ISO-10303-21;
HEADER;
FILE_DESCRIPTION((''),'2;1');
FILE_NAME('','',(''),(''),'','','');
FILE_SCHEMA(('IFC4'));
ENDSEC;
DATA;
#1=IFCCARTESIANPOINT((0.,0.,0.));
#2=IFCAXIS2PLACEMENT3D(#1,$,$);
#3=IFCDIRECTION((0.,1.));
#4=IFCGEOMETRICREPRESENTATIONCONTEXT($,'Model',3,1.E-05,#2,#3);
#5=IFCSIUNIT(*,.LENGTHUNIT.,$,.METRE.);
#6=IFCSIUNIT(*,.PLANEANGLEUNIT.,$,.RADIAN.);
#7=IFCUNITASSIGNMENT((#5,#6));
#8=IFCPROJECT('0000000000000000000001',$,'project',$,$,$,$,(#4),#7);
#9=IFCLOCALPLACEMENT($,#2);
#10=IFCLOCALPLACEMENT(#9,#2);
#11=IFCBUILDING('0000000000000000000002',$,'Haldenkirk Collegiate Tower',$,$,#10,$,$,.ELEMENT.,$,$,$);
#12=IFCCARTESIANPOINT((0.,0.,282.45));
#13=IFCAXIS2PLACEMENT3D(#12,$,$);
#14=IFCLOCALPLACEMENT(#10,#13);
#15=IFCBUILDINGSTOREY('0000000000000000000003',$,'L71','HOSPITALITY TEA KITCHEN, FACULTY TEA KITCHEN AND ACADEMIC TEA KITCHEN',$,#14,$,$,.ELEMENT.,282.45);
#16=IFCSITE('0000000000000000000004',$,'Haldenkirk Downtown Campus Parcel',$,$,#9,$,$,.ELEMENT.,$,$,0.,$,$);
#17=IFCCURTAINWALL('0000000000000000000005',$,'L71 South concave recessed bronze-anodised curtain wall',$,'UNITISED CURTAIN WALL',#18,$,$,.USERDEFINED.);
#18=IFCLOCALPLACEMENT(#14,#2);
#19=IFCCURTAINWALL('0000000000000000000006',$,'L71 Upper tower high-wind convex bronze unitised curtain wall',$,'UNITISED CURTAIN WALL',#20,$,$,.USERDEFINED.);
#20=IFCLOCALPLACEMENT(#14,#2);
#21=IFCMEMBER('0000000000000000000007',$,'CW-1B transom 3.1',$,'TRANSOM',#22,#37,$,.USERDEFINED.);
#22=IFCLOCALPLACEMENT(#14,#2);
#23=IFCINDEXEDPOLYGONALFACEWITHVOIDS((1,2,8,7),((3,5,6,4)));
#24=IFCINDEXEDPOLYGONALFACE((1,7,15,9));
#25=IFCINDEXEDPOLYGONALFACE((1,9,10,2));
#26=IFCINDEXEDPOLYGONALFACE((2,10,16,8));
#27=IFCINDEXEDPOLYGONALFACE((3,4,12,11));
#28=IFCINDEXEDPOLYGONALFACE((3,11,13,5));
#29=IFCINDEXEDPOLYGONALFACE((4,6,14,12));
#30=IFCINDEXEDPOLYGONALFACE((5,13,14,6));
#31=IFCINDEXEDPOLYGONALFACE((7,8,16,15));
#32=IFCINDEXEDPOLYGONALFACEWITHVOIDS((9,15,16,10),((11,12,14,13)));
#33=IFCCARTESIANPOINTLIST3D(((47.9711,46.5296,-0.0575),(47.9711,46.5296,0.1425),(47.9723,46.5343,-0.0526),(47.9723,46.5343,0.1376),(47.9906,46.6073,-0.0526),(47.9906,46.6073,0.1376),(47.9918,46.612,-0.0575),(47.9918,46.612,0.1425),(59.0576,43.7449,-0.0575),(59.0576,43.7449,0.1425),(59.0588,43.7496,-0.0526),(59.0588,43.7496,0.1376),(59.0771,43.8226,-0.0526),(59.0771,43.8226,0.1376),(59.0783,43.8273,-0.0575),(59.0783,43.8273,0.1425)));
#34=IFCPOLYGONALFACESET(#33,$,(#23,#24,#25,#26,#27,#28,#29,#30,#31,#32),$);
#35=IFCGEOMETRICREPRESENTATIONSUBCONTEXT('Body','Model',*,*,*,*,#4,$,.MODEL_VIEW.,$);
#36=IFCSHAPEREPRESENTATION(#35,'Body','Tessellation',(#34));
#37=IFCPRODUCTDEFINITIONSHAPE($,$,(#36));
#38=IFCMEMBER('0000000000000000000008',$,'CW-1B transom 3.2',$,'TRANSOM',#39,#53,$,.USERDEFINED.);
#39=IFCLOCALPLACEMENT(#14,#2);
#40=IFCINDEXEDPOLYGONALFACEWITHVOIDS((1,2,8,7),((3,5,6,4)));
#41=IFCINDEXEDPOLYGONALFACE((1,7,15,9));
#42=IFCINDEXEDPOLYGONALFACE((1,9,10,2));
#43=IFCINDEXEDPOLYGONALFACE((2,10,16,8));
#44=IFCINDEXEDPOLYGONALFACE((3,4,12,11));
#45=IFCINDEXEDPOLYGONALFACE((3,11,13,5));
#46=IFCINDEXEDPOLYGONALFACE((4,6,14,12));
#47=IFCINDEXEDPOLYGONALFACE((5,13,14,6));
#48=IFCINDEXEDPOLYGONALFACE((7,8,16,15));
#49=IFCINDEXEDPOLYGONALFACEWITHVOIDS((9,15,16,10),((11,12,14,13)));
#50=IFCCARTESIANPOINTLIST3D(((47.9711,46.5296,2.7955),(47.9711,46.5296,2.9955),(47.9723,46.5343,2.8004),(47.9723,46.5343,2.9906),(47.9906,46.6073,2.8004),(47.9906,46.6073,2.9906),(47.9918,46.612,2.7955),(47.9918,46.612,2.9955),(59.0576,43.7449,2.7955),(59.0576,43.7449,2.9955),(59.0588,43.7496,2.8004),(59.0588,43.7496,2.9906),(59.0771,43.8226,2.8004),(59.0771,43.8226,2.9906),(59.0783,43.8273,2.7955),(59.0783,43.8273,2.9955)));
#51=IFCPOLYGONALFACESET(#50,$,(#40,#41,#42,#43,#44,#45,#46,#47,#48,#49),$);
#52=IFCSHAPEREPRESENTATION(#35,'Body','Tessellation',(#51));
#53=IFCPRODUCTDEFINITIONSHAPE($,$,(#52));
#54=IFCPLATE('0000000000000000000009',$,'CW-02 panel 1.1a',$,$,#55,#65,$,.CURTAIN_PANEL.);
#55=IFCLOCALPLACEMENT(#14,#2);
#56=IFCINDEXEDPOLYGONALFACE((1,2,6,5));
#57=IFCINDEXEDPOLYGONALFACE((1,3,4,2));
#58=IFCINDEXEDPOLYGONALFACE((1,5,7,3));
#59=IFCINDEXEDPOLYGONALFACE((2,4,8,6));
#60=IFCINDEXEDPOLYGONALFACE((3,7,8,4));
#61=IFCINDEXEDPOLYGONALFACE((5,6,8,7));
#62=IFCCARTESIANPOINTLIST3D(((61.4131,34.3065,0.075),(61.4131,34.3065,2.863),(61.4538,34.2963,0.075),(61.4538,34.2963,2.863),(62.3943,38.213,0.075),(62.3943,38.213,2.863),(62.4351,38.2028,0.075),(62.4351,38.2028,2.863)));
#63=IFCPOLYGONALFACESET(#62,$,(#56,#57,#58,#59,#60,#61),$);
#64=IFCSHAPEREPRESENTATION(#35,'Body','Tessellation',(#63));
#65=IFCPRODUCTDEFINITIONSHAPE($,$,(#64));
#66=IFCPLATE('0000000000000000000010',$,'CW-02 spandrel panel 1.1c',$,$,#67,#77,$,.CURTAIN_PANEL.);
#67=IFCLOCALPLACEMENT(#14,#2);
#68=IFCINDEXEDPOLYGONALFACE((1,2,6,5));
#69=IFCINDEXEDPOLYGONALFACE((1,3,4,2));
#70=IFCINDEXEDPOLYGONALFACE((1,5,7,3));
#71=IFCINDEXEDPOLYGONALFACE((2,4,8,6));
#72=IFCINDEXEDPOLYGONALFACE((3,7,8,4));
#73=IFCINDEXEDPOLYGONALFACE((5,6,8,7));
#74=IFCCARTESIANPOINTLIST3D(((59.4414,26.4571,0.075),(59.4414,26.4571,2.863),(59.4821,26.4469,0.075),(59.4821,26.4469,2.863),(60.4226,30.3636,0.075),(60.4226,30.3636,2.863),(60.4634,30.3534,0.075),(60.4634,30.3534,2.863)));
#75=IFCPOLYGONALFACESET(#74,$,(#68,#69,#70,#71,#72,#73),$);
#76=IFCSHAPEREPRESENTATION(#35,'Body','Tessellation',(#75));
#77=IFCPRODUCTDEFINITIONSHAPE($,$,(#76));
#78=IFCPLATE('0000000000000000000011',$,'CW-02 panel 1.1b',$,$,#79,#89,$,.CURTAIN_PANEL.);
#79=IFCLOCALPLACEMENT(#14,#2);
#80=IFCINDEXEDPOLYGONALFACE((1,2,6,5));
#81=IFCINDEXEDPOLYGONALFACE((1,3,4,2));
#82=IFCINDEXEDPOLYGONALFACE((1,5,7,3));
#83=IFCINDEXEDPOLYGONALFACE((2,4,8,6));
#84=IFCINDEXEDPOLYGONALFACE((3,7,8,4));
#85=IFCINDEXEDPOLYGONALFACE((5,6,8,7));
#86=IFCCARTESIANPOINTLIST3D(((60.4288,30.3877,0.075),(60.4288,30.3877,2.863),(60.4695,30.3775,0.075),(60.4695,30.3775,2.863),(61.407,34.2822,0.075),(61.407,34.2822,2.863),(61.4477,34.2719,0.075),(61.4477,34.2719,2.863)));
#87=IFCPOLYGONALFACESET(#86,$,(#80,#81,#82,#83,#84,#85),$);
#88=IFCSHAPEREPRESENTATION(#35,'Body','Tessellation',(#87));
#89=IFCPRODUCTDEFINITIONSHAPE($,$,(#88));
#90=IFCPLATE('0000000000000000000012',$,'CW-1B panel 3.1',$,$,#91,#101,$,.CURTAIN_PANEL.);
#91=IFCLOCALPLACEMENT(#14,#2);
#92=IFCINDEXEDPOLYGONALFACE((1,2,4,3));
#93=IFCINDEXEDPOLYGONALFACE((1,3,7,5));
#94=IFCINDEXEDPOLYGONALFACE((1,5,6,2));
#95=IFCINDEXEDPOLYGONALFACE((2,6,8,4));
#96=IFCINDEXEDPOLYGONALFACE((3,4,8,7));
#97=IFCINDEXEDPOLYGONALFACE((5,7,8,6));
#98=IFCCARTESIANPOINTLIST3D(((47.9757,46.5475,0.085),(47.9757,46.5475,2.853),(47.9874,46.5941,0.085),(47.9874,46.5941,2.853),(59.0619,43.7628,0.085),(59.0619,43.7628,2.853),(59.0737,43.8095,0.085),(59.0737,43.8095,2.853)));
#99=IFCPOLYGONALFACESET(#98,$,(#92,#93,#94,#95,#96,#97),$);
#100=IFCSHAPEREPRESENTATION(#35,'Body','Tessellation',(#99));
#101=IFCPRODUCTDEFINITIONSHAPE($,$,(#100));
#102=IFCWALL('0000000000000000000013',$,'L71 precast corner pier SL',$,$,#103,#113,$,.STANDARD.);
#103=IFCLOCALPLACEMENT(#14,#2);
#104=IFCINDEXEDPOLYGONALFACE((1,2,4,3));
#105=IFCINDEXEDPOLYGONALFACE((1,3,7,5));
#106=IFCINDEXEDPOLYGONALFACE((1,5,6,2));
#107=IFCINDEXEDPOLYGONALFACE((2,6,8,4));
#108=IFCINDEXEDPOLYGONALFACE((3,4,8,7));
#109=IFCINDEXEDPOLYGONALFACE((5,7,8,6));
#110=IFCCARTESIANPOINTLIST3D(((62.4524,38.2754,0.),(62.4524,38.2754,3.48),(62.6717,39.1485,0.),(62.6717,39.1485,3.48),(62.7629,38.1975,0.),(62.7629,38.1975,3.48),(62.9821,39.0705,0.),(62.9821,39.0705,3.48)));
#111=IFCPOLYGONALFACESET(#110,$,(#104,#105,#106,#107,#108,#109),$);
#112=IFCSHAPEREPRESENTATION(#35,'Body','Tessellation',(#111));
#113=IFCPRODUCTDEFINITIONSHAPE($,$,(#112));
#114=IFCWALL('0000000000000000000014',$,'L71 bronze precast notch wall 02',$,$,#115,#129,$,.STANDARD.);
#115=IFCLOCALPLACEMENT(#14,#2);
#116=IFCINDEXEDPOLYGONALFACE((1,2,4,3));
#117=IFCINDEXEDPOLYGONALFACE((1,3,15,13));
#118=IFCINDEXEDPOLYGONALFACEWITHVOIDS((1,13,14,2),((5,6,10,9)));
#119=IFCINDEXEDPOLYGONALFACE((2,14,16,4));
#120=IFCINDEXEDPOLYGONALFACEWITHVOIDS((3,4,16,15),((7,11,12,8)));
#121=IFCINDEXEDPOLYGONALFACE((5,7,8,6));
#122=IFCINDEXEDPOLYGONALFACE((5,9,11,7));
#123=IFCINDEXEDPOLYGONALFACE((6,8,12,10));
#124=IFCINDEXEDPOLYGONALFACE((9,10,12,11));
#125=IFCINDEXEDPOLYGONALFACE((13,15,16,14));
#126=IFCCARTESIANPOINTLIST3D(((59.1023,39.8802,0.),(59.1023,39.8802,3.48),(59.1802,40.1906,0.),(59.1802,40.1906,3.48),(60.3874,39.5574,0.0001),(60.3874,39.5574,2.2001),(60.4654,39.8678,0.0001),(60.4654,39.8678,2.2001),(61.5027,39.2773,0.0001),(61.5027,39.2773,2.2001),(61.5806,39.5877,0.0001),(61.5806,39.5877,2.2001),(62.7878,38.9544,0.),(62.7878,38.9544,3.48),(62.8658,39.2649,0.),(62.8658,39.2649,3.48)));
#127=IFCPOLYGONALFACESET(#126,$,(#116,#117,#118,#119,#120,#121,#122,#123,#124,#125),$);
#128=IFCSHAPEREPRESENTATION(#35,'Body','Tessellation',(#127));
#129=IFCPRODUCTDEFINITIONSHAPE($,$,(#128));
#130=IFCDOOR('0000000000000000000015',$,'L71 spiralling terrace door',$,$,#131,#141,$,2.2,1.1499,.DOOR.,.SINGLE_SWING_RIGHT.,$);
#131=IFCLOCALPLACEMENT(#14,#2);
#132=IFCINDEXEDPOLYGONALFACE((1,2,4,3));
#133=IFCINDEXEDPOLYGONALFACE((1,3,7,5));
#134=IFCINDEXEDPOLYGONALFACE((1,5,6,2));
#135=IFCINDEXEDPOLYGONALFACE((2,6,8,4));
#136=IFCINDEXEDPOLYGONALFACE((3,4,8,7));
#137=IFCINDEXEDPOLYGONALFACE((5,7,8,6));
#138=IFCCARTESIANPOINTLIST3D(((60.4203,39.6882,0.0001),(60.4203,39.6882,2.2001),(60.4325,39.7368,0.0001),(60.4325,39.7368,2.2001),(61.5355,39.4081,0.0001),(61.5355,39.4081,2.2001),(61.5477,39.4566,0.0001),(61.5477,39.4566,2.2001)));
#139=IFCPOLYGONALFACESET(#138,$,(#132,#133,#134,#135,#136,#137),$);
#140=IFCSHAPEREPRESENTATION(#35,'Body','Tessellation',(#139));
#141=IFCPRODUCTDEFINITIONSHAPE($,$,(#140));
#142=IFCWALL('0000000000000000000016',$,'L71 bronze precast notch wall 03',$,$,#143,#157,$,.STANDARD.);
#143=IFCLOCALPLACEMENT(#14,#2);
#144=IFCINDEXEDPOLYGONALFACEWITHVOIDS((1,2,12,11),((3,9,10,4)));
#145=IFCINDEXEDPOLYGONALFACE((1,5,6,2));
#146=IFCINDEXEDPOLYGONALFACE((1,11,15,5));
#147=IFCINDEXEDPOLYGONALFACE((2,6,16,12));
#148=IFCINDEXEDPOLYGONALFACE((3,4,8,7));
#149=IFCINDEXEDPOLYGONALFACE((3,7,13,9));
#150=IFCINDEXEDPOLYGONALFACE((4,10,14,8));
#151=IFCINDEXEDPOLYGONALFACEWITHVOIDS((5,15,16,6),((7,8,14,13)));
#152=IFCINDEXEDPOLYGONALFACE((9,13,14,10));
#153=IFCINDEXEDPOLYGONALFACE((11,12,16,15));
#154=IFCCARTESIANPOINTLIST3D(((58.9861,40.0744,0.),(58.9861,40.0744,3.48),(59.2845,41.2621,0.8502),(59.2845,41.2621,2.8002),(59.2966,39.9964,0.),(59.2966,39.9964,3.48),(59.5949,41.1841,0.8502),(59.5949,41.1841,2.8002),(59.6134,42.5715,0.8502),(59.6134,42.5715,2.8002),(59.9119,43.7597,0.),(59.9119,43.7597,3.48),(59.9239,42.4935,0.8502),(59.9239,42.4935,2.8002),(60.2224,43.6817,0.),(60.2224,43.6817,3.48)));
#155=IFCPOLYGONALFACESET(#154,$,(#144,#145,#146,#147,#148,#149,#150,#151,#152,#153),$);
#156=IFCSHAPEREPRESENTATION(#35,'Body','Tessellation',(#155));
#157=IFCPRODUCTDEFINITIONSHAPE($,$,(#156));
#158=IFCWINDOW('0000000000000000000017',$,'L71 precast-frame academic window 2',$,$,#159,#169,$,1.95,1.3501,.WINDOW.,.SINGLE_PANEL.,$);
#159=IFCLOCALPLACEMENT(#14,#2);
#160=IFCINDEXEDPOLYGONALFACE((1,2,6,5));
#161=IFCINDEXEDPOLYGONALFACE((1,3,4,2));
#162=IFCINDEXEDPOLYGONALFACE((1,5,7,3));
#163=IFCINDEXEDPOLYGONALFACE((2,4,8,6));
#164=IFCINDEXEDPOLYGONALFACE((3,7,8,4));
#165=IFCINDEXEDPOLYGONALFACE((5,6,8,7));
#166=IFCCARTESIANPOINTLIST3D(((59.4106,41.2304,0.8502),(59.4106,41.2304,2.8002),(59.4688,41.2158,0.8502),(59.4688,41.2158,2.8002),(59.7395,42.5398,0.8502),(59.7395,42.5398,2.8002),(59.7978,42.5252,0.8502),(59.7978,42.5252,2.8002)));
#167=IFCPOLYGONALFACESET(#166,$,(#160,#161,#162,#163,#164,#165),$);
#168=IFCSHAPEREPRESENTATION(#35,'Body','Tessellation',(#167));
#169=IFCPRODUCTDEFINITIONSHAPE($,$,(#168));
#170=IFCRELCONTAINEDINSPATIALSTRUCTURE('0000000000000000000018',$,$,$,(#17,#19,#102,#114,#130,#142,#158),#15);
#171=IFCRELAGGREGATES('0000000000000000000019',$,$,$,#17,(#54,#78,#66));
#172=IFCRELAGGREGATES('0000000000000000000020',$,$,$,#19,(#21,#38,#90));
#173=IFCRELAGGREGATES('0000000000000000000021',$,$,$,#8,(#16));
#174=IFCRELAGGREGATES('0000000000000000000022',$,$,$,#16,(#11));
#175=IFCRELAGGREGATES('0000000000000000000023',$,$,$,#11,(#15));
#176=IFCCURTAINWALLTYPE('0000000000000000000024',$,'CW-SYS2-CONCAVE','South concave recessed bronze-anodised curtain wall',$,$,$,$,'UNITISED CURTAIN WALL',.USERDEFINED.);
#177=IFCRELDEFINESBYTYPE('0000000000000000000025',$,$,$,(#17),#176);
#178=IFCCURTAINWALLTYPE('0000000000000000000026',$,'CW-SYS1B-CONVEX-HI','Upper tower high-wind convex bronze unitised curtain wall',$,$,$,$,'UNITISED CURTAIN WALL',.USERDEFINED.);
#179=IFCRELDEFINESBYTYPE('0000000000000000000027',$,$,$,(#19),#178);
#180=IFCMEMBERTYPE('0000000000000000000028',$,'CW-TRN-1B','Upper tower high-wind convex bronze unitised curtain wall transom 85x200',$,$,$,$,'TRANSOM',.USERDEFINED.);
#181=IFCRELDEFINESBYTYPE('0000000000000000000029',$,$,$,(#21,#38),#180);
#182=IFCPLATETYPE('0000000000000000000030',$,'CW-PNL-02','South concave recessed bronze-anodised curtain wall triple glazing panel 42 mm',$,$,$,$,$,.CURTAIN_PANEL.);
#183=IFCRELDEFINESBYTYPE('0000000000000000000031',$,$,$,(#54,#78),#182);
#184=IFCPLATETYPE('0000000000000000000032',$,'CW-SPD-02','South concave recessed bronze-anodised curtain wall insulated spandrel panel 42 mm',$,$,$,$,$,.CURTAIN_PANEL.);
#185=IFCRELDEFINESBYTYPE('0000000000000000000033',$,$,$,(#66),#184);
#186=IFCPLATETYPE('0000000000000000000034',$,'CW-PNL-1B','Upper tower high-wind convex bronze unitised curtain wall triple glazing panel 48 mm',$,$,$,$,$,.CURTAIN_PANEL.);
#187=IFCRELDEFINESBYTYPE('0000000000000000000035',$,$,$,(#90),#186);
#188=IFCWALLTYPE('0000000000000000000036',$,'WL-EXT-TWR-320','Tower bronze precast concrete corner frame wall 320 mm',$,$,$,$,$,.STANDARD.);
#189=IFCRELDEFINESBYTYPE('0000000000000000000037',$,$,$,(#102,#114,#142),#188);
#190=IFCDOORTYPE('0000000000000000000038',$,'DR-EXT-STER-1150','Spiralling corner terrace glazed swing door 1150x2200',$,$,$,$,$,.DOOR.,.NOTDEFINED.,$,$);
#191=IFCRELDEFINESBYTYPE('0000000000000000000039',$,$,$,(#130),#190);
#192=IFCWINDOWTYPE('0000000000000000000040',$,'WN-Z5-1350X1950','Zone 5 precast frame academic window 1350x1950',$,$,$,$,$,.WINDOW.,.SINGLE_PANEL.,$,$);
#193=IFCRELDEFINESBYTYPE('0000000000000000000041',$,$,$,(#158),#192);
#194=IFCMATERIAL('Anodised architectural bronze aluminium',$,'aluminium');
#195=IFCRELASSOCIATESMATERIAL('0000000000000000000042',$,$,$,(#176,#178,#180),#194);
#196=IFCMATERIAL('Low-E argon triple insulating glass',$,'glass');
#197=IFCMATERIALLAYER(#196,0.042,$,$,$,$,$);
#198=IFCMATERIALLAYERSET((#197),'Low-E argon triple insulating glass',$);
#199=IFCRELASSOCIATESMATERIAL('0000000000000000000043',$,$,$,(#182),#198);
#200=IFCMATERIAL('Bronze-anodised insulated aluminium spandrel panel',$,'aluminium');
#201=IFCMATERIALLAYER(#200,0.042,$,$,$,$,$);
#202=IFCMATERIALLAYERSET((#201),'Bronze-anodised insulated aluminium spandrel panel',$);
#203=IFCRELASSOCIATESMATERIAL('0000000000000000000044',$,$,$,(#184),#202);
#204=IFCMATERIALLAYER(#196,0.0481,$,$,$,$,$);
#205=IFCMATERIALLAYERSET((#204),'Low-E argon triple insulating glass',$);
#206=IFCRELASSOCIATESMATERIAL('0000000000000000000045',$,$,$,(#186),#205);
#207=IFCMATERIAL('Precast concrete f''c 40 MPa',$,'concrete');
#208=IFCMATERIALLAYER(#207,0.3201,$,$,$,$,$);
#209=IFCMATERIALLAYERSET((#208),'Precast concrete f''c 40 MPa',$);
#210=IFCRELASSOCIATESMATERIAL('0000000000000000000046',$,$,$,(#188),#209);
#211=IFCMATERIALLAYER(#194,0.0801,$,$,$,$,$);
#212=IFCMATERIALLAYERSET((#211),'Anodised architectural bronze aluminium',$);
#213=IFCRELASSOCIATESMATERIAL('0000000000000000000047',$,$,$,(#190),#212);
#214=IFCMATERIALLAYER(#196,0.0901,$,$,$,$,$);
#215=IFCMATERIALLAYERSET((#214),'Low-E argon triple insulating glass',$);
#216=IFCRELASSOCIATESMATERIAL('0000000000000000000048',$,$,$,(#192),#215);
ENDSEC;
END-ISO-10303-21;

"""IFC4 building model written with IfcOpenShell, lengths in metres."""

from ifc_helpers import new_model, si_unit, direction, frame, frame_2d, origin, origin_2d, place, context, subcontext, project, spatial, rectangle, hollow_rectangle, extrude, source, transform, mapped, material, layer, layer_set, material_profile, profile_set, type_object, element, fill, aggregate, save


model = new_model("IFC4")

# Units and contexts
model_context = context("Model", 3, precision=1e-05, world=origin(), true_north=direction((0.0, 1.0)))
body_context = subcontext(model_context, "Body", "Model", "MODEL_VIEW")
ifc_project = project(units=[si_unit("LENGTHUNIT", "METRE"), si_unit("PLANEANGLEUNIT", "RADIAN")], contexts=[model_context])

# Site, building, storey
site_placement = place(None, origin())
site = spatial("IfcSite", under=ifc_project, at=site_placement, Name="Haldenkirk Downtown Campus Parcel", CompositionType="ELEMENT", RefElevation=0.0)
building_placement = place(site_placement, origin())
building = spatial("IfcBuilding", under=site, at=building_placement, Name="Haldenkirk Collegiate Tower", CompositionType="ELEMENT")
storey_placement = place(building_placement, frame((0.0, 0.0, 282.45)))
storey = spatial("IfcBuildingStorey", under=building, at=storey_placement, Name="L71", Description="HOSPITALITY TEA KITCHEN, FACULTY TEA KITCHEN AND ACADEMIC TEA KITCHEN", CompositionType="ELEMENT", Elevation=282.45)

# Curtain walls
ifc_material_1 = material(Name="Anodised architectural bronze aluminium", Category="aluminium")
curtain_wall_type_1 = type_object("IfcCurtainWallType", Name="CW-SYS2-CONCAVE", Description="South concave recessed bronze-anodised curtain wall", ElementType="UNITISED CURTAIN WALL", PredefinedType="USERDEFINED", material=ifc_material_1)
curtain_wall_1_placement = place(storey_placement, origin())
curtain_wall_1 = element("IfcCurtainWall", 1, at=curtain_wall_1_placement, inside=storey, type_object=curtain_wall_type_1, Name="L71 South concave recessed bronze-anodised curtain wall", ObjectType="UNITISED CURTAIN WALL", PredefinedType="USERDEFINED")
curtain_wall_type_2 = type_object("IfcCurtainWallType", Name="CW-SYS1B-CONVEX-HI", Description="Upper tower high-wind convex bronze unitised curtain wall", ElementType="UNITISED CURTAIN WALL", PredefinedType="USERDEFINED", material=ifc_material_1)
curtain_wall_2_placement = place(storey_placement, origin())
curtain_wall_2 = element("IfcCurtainWall", 2, at=curtain_wall_2_placement, inside=storey, type_object=curtain_wall_type_2, Name="L71 Upper tower high-wind convex bronze unitised curtain wall", ObjectType="UNITISED CURTAIN WALL", PredefinedType="USERDEFINED")

# Members
ifc_material_profile_1 = material_profile(ifc_material_1, hollow_rectangle(XDim=0.085, YDim=0.2, WallThickness=0.0049, at=origin_2d()), Name="CW-TRN-1B")
ifc_profile_set_1 = profile_set([ifc_material_profile_1], Name="Anodised architectural bronze aluminium")
member_type_1 = type_object("IfcMemberType", Name="CW-TRN-1B", Description="Upper tower high-wind convex bronze unitised curtain wall transom 85x200", ElementType="TRANSOM", PredefinedType="USERDEFINED", material=ifc_profile_set_1)
member_1_placement = place(storey_placement, frame((47.9814, 46.5708, 0.0425), z_axis=(0.969873, -0.243611, 0.0), x_axis=(0.243611, 0.969873, 0.0)))
member_1 = element("IfcMember", 3, at=member_1_placement, type_object=member_type_1, Name="CW-1B transom 3.1", ObjectType="TRANSOM", PredefinedType="USERDEFINED", context=body_context, shape_type="SweptSolid", body=[
    extrude(hollow_rectangle(XDim=0.085, YDim=0.2, WallThickness=0.0049, at=origin_2d()), origin(), (0.0, 0.0, 1.0), 11.4309),
])
member_2_placement = place(storey_placement, frame((47.9814, 46.5708, 2.8955), z_axis=(0.969873, -0.243611, 0.0), x_axis=(0.243611, 0.969873, 0.0)))
member_2 = element("IfcMember", 4, at=member_2_placement, type_object=member_type_1, Name="CW-1B transom 3.2", ObjectType="TRANSOM", PredefinedType="USERDEFINED", context=body_context, shape_type="SweptSolid", body=[
    extrude(hollow_rectangle(XDim=0.085, YDim=0.2, WallThickness=0.0049, at=origin_2d()), origin(), (0.0, 0.0, 1.0), 11.4309),
])

# Plates
ifc_material_2 = material(Name="Low-E argon triple insulating glass", Category="glass")
ifc_layer_1 = layer(ifc_material_2, 0.042)
ifc_layer_set_1 = layer_set([ifc_layer_1], Name="Low-E argon triple insulating glass")
plate_type_1 = type_object("IfcPlateType", Name="CW-PNL-02", Description="South concave recessed bronze-anodised curtain wall triple glazing panel 42 mm", PredefinedType="CURTAIN_PANEL", material=ifc_layer_set_1)
shared_shape_1 = source(origin(), body_context, "Body", "SweptSolid", [
    extrude(rectangle(XDim=4.0278, YDim=0.042, at=origin_2d()), origin(), (0.0, 0.0, 1.0), 2.7881),
])
plate_1_placement = place(storey_placement, frame((61.9241, 36.2546, 0.075), z_axis=(0.0, 0.0, 1.0), x_axis=(-0.243614, -0.969872, 0.0)))
plate_1 = element("IfcPlate", 5, at=plate_1_placement, type_object=plate_type_1, Name="CW-02 panel 1.1a", PredefinedType="CURTAIN_PANEL", context=body_context, shape_type="MappedRepresentation", body=[
    mapped(shared_shape_1, transform((0.0, 0.0, 0.0), x_axis=(1.0, 0.0, 0.0), y_axis=(0.0, 1.0, 0.0), z_axis=(0.0, 0.0, 1.0), scale=1.0)),
])
ifc_material_3 = material(Name="Bronze-anodised insulated aluminium spandrel panel", Category="aluminium")
ifc_layer_2 = layer(ifc_material_3, 0.042)
ifc_layer_set_2 = layer_set([ifc_layer_2], Name="Bronze-anodised insulated aluminium spandrel panel")
plate_type_2 = type_object("IfcPlateType", Name="CW-SPD-02", Description="South concave recessed bronze-anodised curtain wall insulated spandrel panel 42 mm", PredefinedType="CURTAIN_PANEL", material=ifc_layer_set_2)
plate_2_placement = place(storey_placement, frame((59.9524, 28.4053, 0.075), z_axis=(0.0, 0.0, 1.0), x_axis=(-0.243614, -0.969872, 0.0)))
plate_2 = element("IfcPlate", 6, at=plate_2_placement, type_object=plate_type_2, Name="CW-02 spandrel panel 1.1c", PredefinedType="CURTAIN_PANEL", context=body_context, shape_type="MappedRepresentation", body=[
    mapped(shared_shape_1, transform((0.0, 0.0, 0.0), x_axis=(1.0, 0.0, 0.0), y_axis=(0.0, 1.0, 0.0), z_axis=(0.0, 0.0, 1.0), scale=1.0)),
])
shared_shape_2 = source(origin(), body_context, "Body", "SweptSolid", [
    extrude(rectangle(XDim=4.0154, YDim=0.042, at=origin_2d()), origin(), (0.0, 0.0, 1.0), 2.7881),
])
plate_3_placement = place(storey_placement, frame((60.9382, 32.3298, 0.075), z_axis=(0.0, 0.0, 1.0), x_axis=(-0.243614, -0.969872, 0.0)))
plate_3 = element("IfcPlate", 7, at=plate_3_placement, type_object=plate_type_1, Name="CW-02 panel 1.1b", PredefinedType="CURTAIN_PANEL", context=body_context, shape_type="MappedRepresentation", body=[
    mapped(shared_shape_2, transform((0.0, 0.0, 0.0), x_axis=(1.0, 0.0, 0.0), y_axis=(0.0, 1.0, 0.0), z_axis=(0.0, 0.0, 1.0), scale=1.0)),
])
aggregate(curtain_wall_1, [plate_1, plate_3, plate_2])
ifc_layer_3 = layer(ifc_material_2, 0.0481)
ifc_layer_set_3 = layer_set([ifc_layer_3], Name="Low-E argon triple insulating glass")
plate_type_3 = type_object("IfcPlateType", Name="CW-PNL-1B", Description="Upper tower high-wind convex bronze unitised curtain wall triple glazing panel 48 mm", PredefinedType="CURTAIN_PANEL", material=ifc_layer_set_3)
shared_shape_3 = source(origin(), body_context, "Body", "SweptSolid", [
    extrude(rectangle(XDim=11.4307, YDim=0.0481, at=origin_2d()), origin(), (0.0, 0.0, 1.0), 2.7681),
])
plate_4_placement = place(storey_placement, frame((53.5247, 45.1785, 0.085), z_axis=(0.0, 0.0, 1.0), x_axis=(0.969873, -0.243612, 0.0)))
plate_4 = element("IfcPlate", 8, at=plate_4_placement, type_object=plate_type_3, Name="CW-1B panel 3.1", PredefinedType="CURTAIN_PANEL", context=body_context, shape_type="MappedRepresentation", body=[
    mapped(shared_shape_3, transform((0.0, 0.0, 0.0), x_axis=(1.0, 0.0, 0.0), y_axis=(0.0, 1.0, 0.0), z_axis=(0.0, 0.0, 1.0), scale=1.0)),
])
aggregate(curtain_wall_2, [member_1, member_2, plate_4])

# Wall
ifc_material_4 = material(Name="Precast concrete f'c 40 MPa", Category="concrete")
ifc_layer_4 = layer(ifc_material_4, 0.3201)
ifc_layer_set_4 = layer_set([ifc_layer_4], Name="Precast concrete f'c 40 MPa")
wall_type_1 = type_object("IfcWallType", Name="WL-EXT-TWR-320", Description="Tower bronze precast concrete corner frame wall 320 mm", PredefinedType="STANDARD", material=ifc_layer_set_4)
wall_1_placement = place(storey_placement, frame((62.8269, 39.1096, 0.0), z_axis=(0.0, 0.0, 1.0), x_axis=(-0.243557, -0.969887, 0.0)))
element("IfcWall", 9, at=wall_1_placement, inside=storey, type_object=wall_type_1, Name="L71 precast corner pier SL", PredefinedType="STANDARD", context=body_context, shape_type="SweptSolid", body=[
    extrude(rectangle(XDim=0.9001, YDim=0.3201, at=frame_2d((0.4502, 0.0))), origin(), (0.0, 0.0, 1.0), 3.48),
])

# Wall, opening, door
wall_2_placement = place(storey_placement, frame((59.1414, 40.0354, 0.0), z_axis=(0.0, 0.0, 1.0), x_axis=(0.96987, -0.243624, 0.0)))
wall_2 = element("IfcWall", 10, at=wall_2_placement, inside=storey, type_object=wall_type_1, Name="L71 bronze precast notch wall 02", PredefinedType="STANDARD", context=body_context, shape_type="SweptSolid", body=[
    extrude(rectangle(XDim=3.8, YDim=0.3201, at=frame_2d((1.8999, 0.0))), origin(), (0.0, 0.0, 1.0), 3.48),
])
opening_1_placement = place(wall_2_placement, frame((1.325, 0.0, 0.0)))
opening_1 = element("IfcOpeningElement", 11, at=opening_1_placement, cuts=wall_2, PredefinedType="OPENING", context=body_context, shape_type="SweptSolid", body=[
    extrude(rectangle(XDim=1.1499, YDim=2.2, at=frame_2d((0.575, 1.1001))), frame((0.0, 0.1699, 0.0), z_axis=(0.0, -1.0, 0.0), x_axis=(1.0, 0.0, 0.0)), (0.0, 0.0, 1.0), 0.3401),
])
ifc_layer_5 = layer(ifc_material_1, 0.0801)
ifc_layer_set_5 = layer_set([ifc_layer_5], Name="Anodised architectural bronze aluminium")
door_type = type_object("IfcDoorType", Name="DR-EXT-STER-1150", Description="Spiralling corner terrace glazed swing door 1150x2200", OperationType="NOTDEFINED", PredefinedType="DOOR", material=ifc_layer_set_5)
door_placement = place(opening_1_placement, origin())
door = element("IfcDoor", 12, at=door_placement, inside=storey, type_object=door_type, Name="L71 spiralling terrace door", OperationType="SINGLE_SWING_RIGHT", OverallHeight=2.2, OverallWidth=1.1499, PredefinedType="DOOR", context=body_context, shape_type="SweptSolid", body=[
    extrude(rectangle(XDim=1.1499, YDim=2.2, at=frame_2d((0.575, 1.1001))), frame((0.0, 0.0249, 0.0), z_axis=(0.0, -1.0, 0.0), x_axis=(1.0, 0.0, 0.0)), (0.0, 0.0, 1.0), 0.05),
])
fill(opening_1, door)

# Wall, opening, window
wall_3_placement = place(storey_placement, frame((60.0671, 43.7207, 0.0), z_axis=(0.0, 0.0, 1.0), x_axis=(-0.243639, -0.969866, 0.0)))
wall_3 = element("IfcWall", 13, at=wall_3_placement, inside=storey, type_object=wall_type_1, Name="L71 bronze precast notch wall 03", PredefinedType="STANDARD", context=body_context, shape_type="SweptSolid", body=[
    extrude(rectangle(XDim=3.7998, YDim=0.3201, at=frame_2d((1.8999, 0.0))), origin(), (0.0, 0.0, 1.0), 3.48),
])
opening_2_placement = place(wall_3_placement, frame((1.2251, 0.0, 0.8501)))
opening_2 = element("IfcOpeningElement", 14, at=opening_2_placement, cuts=wall_3, PredefinedType="OPENING", context=body_context, shape_type="SweptSolid", body=[
    extrude(rectangle(XDim=1.3501, YDim=1.95, at=frame_2d((0.675, 0.9751))), frame((0.0, 0.1699, 0.0), z_axis=(0.0, -1.0, 0.0), x_axis=(1.0, 0.0, 0.0)), (0.0, 0.0, 1.0), 0.3401),
])
ifc_layer_6 = layer(ifc_material_2, 0.0901)
ifc_layer_set_6 = layer_set([ifc_layer_6], Name="Low-E argon triple insulating glass")
window_type = type_object("IfcWindowType", Name="WN-Z5-1350X1950", Description="Zone 5 precast frame academic window 1350x1950", PartitioningType="SINGLE_PANEL", PredefinedType="WINDOW", material=ifc_layer_set_6)
window_placement = place(opening_2_placement, origin())
window = element("IfcWindow", 15, at=window_placement, inside=storey, type_object=window_type, Name="L71 precast-frame academic window 2", OverallHeight=1.95, OverallWidth=1.3501, PartitioningType="SINGLE_PANEL", PredefinedType="WINDOW", context=body_context, shape_type="SweptSolid", body=[
    extrude(rectangle(XDim=1.3501, YDim=1.95, at=frame_2d((0.675, 0.9751))), frame((0.0, 0.03, 0.0), z_axis=(0.0, -1.0, 0.0), x_axis=(1.0, 0.0, 0.0)), (0.0, 0.0, 1.0), 0.0601),
])
fill(opening_2, window)

save(model, "model.ifc")
